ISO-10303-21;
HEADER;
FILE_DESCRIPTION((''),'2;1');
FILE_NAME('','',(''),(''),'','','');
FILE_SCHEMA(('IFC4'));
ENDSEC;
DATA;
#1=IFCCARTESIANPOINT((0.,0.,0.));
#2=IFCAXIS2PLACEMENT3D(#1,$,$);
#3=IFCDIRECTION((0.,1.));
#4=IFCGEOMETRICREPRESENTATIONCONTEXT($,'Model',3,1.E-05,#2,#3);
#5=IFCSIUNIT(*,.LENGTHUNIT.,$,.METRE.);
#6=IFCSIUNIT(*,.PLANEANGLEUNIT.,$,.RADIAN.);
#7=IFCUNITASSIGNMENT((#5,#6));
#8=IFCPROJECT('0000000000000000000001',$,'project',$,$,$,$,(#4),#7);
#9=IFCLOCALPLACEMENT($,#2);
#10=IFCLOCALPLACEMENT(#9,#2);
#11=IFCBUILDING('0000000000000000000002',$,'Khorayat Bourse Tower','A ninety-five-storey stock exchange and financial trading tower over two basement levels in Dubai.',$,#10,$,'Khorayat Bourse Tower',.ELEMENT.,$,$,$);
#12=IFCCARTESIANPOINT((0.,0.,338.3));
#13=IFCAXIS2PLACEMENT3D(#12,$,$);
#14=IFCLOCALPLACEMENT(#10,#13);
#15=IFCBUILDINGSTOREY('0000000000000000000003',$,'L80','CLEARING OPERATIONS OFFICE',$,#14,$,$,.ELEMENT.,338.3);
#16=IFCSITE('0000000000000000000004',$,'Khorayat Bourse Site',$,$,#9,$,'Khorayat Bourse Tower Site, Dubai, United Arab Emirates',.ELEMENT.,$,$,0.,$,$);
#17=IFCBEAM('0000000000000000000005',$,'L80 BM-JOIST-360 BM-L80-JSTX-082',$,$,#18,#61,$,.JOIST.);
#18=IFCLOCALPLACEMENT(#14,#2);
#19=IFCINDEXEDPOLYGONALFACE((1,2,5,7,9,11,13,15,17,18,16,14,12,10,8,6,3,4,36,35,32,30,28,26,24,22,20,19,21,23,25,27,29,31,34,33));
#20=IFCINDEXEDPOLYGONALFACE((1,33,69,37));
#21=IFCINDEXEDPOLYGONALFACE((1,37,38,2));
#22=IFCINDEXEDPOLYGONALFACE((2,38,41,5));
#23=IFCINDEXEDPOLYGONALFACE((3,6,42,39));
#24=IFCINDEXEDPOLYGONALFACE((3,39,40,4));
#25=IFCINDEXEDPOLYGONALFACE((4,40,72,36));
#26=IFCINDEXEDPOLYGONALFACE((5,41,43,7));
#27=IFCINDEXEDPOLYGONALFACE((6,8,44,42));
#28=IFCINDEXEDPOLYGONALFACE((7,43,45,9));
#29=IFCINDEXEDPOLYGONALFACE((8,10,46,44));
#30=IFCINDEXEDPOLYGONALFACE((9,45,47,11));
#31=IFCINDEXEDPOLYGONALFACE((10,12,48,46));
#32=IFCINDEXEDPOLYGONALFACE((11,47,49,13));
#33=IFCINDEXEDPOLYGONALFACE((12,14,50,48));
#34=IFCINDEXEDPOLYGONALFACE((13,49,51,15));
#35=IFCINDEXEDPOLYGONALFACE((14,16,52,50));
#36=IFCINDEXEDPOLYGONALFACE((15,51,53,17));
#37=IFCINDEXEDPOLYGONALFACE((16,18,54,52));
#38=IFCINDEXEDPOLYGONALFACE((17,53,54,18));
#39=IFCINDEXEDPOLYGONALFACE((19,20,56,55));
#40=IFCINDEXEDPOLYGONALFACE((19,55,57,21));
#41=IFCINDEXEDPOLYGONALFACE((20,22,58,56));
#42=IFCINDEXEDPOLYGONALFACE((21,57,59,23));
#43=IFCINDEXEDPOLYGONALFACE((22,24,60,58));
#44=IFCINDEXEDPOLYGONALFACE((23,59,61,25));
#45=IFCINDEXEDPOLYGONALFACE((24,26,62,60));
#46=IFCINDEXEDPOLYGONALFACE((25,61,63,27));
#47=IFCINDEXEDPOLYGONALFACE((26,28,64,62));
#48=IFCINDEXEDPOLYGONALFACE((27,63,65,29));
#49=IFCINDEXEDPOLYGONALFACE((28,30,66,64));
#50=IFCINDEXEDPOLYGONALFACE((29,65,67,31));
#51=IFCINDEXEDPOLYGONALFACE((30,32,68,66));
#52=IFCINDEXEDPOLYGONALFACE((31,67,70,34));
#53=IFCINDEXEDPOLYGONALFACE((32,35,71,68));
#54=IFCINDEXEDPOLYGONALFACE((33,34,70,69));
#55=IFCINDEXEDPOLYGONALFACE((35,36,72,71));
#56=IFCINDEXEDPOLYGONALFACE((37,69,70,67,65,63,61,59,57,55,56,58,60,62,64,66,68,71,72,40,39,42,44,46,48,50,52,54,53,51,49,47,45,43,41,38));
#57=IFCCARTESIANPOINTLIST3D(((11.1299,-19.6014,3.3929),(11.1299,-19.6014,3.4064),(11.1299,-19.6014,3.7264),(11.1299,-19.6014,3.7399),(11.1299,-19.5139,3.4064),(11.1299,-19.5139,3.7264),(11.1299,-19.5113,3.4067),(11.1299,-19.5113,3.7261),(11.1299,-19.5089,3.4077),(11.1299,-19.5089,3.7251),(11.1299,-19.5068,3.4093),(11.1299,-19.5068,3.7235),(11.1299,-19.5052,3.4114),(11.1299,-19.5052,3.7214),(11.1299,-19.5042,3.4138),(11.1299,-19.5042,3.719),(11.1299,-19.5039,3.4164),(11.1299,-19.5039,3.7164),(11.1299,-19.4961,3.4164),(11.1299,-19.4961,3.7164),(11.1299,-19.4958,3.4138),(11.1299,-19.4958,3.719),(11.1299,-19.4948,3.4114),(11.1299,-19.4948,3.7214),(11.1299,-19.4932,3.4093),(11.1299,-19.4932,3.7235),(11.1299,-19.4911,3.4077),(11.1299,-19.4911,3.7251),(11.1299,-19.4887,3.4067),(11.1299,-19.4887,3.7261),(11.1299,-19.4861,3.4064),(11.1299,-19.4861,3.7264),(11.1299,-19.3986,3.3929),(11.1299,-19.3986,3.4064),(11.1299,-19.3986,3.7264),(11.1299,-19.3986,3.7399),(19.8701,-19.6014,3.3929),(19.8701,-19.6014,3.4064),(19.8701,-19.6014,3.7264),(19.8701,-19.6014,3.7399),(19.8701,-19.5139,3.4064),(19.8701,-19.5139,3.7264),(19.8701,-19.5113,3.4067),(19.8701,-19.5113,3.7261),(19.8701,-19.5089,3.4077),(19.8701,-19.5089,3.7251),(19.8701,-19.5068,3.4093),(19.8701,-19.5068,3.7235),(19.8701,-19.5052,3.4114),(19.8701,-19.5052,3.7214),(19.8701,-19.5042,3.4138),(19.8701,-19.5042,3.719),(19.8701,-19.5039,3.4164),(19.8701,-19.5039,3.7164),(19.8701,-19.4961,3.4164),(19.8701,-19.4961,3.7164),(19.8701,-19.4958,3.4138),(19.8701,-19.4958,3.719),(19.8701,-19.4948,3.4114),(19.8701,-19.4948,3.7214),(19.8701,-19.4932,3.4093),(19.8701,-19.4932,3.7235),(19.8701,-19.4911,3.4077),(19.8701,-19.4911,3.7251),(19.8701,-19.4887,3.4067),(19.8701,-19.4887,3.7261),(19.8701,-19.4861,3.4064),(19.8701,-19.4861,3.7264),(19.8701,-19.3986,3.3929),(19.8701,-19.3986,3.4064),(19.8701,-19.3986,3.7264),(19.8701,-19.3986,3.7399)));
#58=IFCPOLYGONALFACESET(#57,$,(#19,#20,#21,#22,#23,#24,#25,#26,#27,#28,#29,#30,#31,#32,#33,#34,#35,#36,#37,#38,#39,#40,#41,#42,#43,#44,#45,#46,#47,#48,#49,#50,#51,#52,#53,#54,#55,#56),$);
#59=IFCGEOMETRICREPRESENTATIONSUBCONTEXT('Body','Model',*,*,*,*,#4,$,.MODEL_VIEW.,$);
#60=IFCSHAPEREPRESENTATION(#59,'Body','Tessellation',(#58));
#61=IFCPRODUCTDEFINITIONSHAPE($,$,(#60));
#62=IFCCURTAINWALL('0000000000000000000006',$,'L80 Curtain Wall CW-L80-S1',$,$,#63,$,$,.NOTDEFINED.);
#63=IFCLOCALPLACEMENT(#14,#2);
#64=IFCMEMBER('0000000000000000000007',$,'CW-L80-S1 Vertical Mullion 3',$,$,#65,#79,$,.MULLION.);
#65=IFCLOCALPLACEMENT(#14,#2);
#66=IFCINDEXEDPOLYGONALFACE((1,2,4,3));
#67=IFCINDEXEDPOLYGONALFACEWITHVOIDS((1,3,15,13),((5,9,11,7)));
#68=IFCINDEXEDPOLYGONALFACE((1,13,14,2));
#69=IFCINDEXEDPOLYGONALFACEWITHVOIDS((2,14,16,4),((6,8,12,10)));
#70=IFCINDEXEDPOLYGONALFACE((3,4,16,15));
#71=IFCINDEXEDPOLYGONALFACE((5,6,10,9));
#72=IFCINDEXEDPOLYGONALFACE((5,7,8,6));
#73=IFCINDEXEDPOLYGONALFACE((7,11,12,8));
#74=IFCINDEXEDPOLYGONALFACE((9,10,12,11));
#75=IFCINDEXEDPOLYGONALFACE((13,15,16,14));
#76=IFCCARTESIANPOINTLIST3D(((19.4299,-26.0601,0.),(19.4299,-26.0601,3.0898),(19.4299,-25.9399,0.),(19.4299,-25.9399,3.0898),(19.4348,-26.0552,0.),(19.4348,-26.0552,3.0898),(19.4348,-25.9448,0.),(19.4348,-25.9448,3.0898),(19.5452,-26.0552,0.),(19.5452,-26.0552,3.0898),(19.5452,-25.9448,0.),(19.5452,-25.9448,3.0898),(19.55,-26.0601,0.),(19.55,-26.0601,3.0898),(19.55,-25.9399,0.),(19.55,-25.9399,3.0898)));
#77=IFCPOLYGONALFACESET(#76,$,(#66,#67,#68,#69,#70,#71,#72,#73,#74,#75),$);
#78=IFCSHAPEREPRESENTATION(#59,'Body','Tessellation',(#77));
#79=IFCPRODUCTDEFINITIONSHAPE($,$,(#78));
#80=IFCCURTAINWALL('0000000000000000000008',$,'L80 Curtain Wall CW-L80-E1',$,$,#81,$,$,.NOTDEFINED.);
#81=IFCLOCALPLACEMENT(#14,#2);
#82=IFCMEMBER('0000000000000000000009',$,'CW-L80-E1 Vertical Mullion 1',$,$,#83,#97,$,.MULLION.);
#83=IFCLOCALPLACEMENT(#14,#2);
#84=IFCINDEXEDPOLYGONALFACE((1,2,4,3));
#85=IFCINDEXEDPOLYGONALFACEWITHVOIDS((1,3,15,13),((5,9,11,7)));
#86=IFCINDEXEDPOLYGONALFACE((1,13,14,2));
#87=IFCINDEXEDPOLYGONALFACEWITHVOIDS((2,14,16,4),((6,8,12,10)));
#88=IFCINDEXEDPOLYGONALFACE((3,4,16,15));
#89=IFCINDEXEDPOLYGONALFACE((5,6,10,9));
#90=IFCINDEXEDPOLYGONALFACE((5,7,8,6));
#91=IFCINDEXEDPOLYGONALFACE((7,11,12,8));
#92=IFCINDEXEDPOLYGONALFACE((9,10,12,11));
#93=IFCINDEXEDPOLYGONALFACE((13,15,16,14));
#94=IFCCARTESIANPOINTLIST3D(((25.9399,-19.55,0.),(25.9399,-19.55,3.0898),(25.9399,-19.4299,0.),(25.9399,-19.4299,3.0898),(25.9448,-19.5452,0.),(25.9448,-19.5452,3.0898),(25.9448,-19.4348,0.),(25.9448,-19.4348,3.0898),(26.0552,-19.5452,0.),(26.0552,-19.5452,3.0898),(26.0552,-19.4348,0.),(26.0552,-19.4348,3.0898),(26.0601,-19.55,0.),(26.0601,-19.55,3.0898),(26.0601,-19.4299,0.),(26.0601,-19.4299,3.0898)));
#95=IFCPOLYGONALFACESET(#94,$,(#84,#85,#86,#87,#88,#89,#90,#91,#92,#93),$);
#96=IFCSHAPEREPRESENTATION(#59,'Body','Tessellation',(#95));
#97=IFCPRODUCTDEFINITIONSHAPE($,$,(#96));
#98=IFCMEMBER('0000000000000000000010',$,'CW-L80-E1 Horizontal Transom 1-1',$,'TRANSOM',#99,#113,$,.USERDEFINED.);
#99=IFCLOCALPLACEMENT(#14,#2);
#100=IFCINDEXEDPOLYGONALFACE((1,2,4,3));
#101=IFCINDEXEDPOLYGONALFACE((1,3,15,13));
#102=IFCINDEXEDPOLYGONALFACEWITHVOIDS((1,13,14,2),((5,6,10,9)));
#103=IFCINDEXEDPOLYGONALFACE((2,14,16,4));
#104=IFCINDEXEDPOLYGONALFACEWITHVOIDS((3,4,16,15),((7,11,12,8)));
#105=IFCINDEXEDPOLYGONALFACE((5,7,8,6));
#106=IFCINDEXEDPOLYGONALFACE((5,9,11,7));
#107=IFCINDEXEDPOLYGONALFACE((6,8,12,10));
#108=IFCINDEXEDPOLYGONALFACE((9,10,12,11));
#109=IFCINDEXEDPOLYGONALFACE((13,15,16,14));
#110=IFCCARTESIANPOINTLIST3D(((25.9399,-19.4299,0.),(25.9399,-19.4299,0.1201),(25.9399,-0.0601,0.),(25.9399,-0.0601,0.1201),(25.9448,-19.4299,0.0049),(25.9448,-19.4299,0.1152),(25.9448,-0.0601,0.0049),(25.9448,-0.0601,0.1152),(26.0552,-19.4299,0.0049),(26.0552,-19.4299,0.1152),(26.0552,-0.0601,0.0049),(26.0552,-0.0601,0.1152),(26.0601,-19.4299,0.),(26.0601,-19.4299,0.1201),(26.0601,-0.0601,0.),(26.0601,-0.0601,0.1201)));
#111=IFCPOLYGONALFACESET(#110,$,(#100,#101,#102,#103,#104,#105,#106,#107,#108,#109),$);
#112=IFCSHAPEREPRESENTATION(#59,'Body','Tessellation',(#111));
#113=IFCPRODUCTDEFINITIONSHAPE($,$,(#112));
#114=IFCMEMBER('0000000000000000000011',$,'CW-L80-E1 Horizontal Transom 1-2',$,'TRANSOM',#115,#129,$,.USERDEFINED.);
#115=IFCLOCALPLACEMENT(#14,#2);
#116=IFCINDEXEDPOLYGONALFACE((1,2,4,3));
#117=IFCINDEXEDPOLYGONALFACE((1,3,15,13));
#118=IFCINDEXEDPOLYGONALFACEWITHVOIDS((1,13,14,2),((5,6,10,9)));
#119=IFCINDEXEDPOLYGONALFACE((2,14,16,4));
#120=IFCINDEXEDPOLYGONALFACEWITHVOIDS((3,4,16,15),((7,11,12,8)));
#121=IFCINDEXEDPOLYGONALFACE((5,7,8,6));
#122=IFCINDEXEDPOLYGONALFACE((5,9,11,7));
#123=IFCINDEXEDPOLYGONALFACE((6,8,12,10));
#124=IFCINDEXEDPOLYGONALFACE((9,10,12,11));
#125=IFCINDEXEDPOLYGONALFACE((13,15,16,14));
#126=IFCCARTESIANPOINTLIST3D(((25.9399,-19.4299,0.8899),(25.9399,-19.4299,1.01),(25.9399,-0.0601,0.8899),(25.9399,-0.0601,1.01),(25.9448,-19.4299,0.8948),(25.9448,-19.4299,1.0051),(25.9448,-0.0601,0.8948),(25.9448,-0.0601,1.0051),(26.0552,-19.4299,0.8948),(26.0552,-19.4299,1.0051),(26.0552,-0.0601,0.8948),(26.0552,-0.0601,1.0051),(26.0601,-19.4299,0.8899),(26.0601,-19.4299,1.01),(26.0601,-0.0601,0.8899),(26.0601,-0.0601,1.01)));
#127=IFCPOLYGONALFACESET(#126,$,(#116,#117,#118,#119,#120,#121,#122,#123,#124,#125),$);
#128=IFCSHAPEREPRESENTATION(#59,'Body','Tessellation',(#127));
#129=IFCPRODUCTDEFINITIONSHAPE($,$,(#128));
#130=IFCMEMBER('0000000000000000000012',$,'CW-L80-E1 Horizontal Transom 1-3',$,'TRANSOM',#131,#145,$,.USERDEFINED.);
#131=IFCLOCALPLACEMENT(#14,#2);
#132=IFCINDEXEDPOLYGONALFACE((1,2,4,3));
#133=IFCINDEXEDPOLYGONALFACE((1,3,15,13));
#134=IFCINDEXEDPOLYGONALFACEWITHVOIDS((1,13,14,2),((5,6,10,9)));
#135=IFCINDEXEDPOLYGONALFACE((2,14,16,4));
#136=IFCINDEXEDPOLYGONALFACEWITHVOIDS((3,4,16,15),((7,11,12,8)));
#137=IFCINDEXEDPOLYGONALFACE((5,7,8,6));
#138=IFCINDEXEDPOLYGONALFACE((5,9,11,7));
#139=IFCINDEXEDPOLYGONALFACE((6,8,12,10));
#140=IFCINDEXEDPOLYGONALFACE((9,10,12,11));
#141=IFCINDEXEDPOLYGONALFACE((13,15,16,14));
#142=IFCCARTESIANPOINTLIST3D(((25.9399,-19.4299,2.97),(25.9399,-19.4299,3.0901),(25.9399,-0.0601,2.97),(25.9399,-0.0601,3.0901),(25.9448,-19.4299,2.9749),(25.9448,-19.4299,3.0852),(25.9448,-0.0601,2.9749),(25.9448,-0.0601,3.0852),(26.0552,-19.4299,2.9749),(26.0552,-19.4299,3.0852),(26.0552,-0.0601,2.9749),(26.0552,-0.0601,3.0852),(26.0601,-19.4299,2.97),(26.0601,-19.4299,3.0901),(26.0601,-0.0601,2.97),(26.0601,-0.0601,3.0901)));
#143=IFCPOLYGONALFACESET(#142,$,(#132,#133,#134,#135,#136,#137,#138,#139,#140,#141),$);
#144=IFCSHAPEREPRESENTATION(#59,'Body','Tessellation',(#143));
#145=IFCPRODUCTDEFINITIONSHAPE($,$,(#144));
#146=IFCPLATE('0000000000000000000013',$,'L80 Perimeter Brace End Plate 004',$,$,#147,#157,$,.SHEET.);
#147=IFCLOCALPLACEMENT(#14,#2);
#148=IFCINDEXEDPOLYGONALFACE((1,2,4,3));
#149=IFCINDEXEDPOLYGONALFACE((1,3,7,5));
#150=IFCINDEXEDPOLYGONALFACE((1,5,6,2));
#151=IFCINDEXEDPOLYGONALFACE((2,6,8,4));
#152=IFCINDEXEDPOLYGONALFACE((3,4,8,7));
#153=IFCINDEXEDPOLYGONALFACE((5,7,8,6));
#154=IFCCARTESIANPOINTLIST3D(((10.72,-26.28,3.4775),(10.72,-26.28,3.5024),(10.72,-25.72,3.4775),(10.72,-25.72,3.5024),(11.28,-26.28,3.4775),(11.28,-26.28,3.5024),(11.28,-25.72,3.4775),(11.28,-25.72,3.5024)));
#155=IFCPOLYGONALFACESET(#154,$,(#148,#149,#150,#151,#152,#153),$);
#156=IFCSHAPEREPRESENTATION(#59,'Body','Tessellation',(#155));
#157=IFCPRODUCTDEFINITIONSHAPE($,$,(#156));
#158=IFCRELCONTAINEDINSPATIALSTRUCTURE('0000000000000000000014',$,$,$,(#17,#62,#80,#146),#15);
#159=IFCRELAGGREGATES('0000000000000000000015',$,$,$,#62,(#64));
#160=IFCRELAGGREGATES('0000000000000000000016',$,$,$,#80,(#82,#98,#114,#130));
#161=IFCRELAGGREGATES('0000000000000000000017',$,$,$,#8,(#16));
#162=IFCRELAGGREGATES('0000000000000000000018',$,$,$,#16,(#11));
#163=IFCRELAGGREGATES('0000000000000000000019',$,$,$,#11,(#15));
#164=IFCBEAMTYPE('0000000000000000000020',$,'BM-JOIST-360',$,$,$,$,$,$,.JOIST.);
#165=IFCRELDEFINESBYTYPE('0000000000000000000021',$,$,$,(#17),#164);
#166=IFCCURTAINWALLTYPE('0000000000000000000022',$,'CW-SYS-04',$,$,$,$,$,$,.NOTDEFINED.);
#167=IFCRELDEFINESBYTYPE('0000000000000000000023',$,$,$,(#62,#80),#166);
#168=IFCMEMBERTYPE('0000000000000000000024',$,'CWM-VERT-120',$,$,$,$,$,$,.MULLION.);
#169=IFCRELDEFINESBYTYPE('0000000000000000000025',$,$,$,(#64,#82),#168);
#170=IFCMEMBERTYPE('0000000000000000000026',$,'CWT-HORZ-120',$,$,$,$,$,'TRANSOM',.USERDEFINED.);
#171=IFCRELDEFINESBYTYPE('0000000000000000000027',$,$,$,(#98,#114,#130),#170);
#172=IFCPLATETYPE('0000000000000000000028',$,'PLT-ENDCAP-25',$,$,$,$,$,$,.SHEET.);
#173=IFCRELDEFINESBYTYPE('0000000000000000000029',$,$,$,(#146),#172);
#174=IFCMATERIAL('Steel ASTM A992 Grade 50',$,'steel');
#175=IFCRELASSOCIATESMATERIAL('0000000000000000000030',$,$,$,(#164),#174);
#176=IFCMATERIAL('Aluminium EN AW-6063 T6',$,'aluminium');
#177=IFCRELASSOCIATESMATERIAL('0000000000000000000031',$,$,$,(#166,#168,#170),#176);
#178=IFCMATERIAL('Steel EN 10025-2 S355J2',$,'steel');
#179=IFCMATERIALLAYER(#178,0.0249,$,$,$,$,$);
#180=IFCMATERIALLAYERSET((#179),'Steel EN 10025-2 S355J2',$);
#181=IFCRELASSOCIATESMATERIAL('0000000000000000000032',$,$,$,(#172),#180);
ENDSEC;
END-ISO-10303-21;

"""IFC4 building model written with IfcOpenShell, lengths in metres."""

from ifc_helpers import new_model, si_unit, direction, frame, origin, origin_2d, place, context, subcontext, project, spatial, rectangle, hollow_rectangle, i_section, extrude, source, transform, mapped, material, layer, layer_set, material_profile, profile_set, type_object, element, aggregate, save


model = new_model("IFC4")

# Units and contexts
model_context = context("Model", 3, precision=1e-05, world=origin(), true_north=direction((0.0, 1.0)))
body_context = subcontext(model_context, "Body", "Model", "MODEL_VIEW")
ifc_project = project(units=[si_unit("LENGTHUNIT", "METRE"), si_unit("PLANEANGLEUNIT", "RADIAN")], contexts=[model_context])

# Site, building, storey
site_placement = place(None, origin())
site = spatial("IfcSite", under=ifc_project, at=site_placement, Name="Khorayat Bourse Site", LongName="Khorayat Bourse Tower Site, Dubai, United Arab Emirates", CompositionType="ELEMENT", RefElevation=0.0)
building_placement = place(site_placement, origin())
building = spatial("IfcBuilding", under=site, at=building_placement, Name="Khorayat Bourse Tower", Description="A ninety-five-storey stock exchange and financial trading tower over two basement levels in Dubai.", LongName="Khorayat Bourse Tower", CompositionType="ELEMENT")
storey_placement = place(building_placement, frame((0.0, 0.0, 338.3)))
storey = spatial("IfcBuildingStorey", under=building, at=storey_placement, Name="L80", Description="CLEARING OPERATIONS OFFICE", CompositionType="ELEMENT", Elevation=338.3)

# Shared definitions
ifc_material_1 = material(Name="Steel EN 10025-2 S355J2", Category="steel")

# Beam
ifc_material_2 = material(Name="Steel ASTM A992 Grade 50", Category="steel")
ifc_material_profile_1 = material_profile(ifc_material_2, i_section(OverallWidth=0.2029, OverallDepth=0.3469, WebThickness=0.0078, FlangeThickness=0.0134, FilletRadius=0.01, at=origin_2d()), Name="W360X64")
ifc_profile_set_1 = profile_set([ifc_material_profile_1], Name="Steel ASTM A992 Grade 50")
beam_type_1 = type_object("IfcBeamType", Name="BM-JOIST-360", PredefinedType="JOIST", material=ifc_profile_set_1)
shared_shape_1 = source(origin(), body_context, "Body", "SweptSolid", [
    extrude(i_section(OverallWidth=0.2029, OverallDepth=0.3469, WebThickness=0.0078, FlangeThickness=0.0134, FilletRadius=0.01, at=origin_2d()), origin(), (0.0, 0.0, 1.0), 8.7402),
])
beam_1_placement = place(storey_placement, frame((11.1299, -19.5, 3.5664), z_axis=(1.0, 0.0, 0.0), x_axis=(0.0, 1.0, 0.0)))
element("IfcBeam", 1, at=beam_1_placement, inside=storey, type_object=beam_type_1, Name="L80 BM-JOIST-360 BM-L80-JSTX-082", PredefinedType="JOIST", context=body_context, shape_type="MappedRepresentation", body=[
    mapped(shared_shape_1, transform((0.0, 0.0, 0.0), scale=1.0)),
])

# Curtain wall, member
ifc_material_3 = material(Name="Aluminium EN AW-6063 T6", Category="aluminium")
curtain_wall_type = type_object("IfcCurtainWallType", Name="CW-SYS-04", PredefinedType="NOTDEFINED", material=ifc_material_3)
curtain_wall_1_placement = place(storey_placement, origin())
curtain_wall_1 = element("IfcCurtainWall", 2, at=curtain_wall_1_placement, inside=storey, type_object=curtain_wall_type, Name="L80 Curtain Wall CW-L80-S1", PredefinedType="NOTDEFINED")
ifc_material_profile_2 = material_profile(ifc_material_3, hollow_rectangle(XDim=0.1201, YDim=0.1201, WallThickness=0.0049, at=origin_2d()), Name="ALU 120x120x5")
ifc_profile_set_2 = profile_set([ifc_material_profile_2], Name="Aluminium EN AW-6063 T6")
member_type_1 = type_object("IfcMemberType", Name="CWM-VERT-120", PredefinedType="MULLION", material=ifc_profile_set_2)
shared_shape_2 = source(origin(), body_context, "Body", "SweptSolid", [
    extrude(hollow_rectangle(XDim=0.1201, YDim=0.1201, WallThickness=0.0049, at=origin_2d()), origin(), (0.0, 0.0, 1.0), 3.0898),
])
member_1_placement = place(storey_placement, frame((19.49, -26.0, 0.0), z_axis=(0.0, 0.0, 1.0), x_axis=(0.0, 1.0, 0.0)))
member_1 = element("IfcMember", 3, at=member_1_placement, type_object=member_type_1, Name="CW-L80-S1 Vertical Mullion 3", PredefinedType="MULLION", context=body_context, shape_type="MappedRepresentation", body=[
    mapped(shared_shape_2, transform((0.0, 0.0, 0.0), scale=1.0)),
])
aggregate(curtain_wall_1, [member_1])

# Curtain wall, members
curtain_wall_2_placement = place(storey_placement, origin())
curtain_wall_2 = element("IfcCurtainWall", 4, at=curtain_wall_2_placement, inside=storey, type_object=curtain_wall_type, Name="L80 Curtain Wall CW-L80-E1", PredefinedType="NOTDEFINED")
member_2_placement = place(storey_placement, frame((26.0, -19.49, 0.0), z_axis=(0.0, 0.0, 1.0), x_axis=(-1.0, 0.0, 0.0)))
member_2 = element("IfcMember", 5, at=member_2_placement, type_object=member_type_1, Name="CW-L80-E1 Vertical Mullion 1", PredefinedType="MULLION", context=body_context, shape_type="MappedRepresentation", body=[
    mapped(shared_shape_2, transform((0.0, 0.0, 0.0), scale=1.0)),
])
ifc_material_profile_3 = material_profile(ifc_material_3, hollow_rectangle(XDim=0.1201, YDim=0.1201, WallThickness=0.0049, at=origin_2d()), Name="ALU 120x120x5")
ifc_profile_set_3 = profile_set([ifc_material_profile_3], Name="Aluminium EN AW-6063 T6")
member_type_2 = type_object("IfcMemberType", Name="CWT-HORZ-120", ElementType="TRANSOM", PredefinedType="USERDEFINED", material=ifc_profile_set_3)
shared_shape_3 = source(origin(), body_context, "Body", "SweptSolid", [
    extrude(hollow_rectangle(XDim=0.1201, YDim=0.1201, WallThickness=0.0049, at=origin_2d()), origin(), (0.0, 0.0, 1.0), 19.3699),
])
member_3_placement = place(storey_placement, frame((26.0, -19.4299, 0.0601), z_axis=(0.0, 1.0, 0.0), x_axis=(-1.0, 0.0, 0.0)))
member_3 = element("IfcMember", 6, at=member_3_placement, type_object=member_type_2, Name="CW-L80-E1 Horizontal Transom 1-1", ObjectType="TRANSOM", PredefinedType="USERDEFINED", context=body_context, shape_type="MappedRepresentation", body=[
    mapped(shared_shape_3, transform((0.0, 0.0, 0.0), scale=1.0)),
])
member_4_placement = place(storey_placement, frame((26.0, -19.4299, 0.95), z_axis=(0.0, 1.0, 0.0), x_axis=(-1.0, 0.0, 0.0)))
member_4 = element("IfcMember", 7, at=member_4_placement, type_object=member_type_2, Name="CW-L80-E1 Horizontal Transom 1-2", ObjectType="TRANSOM", PredefinedType="USERDEFINED", context=body_context, shape_type="MappedRepresentation", body=[
    mapped(shared_shape_3, transform((0.0, 0.0, 0.0), scale=1.0)),
])
member_5_placement = place(storey_placement, frame((26.0, -19.4299, 3.03), z_axis=(0.0, 1.0, 0.0), x_axis=(-1.0, 0.0, 0.0)))
member_5 = element("IfcMember", 8, at=member_5_placement, type_object=member_type_2, Name="CW-L80-E1 Horizontal Transom 1-3", ObjectType="TRANSOM", PredefinedType="USERDEFINED", context=body_context, shape_type="MappedRepresentation", body=[
    mapped(shared_shape_3, transform((0.0, 0.0, 0.0), scale=1.0)),
])
aggregate(curtain_wall_2, [member_2, member_3, member_4, member_5])

# Plate
ifc_layer_1 = layer(ifc_material_1, 0.0249)
ifc_layer_set_1 = layer_set([ifc_layer_1], Name="Steel EN 10025-2 S355J2")
plate_type = type_object("IfcPlateType", Name="PLT-ENDCAP-25", PredefinedType="SHEET", material=ifc_layer_set_1)
shared_shape_4 = source(origin(), body_context, "Body", "SweptSolid", [
    extrude(rectangle(XDim=0.5601, YDim=0.5601, at=origin_2d()), origin(), (0.0, 0.0, 1.0), 0.0249),
])
plate_placement = place(storey_placement, frame((11.0, -26.0, 3.4775), z_axis=(0.0, 0.0, 1.0), x_axis=(1.0, 0.0, 0.0)))
element("IfcPlate", 9, at=plate_placement, inside=storey, type_object=plate_type, Name="L80 Perimeter Brace End Plate 004", PredefinedType="SHEET", context=body_context, shape_type="MappedRepresentation", body=[
    mapped(shared_shape_4, transform((0.0, 0.0, 0.0), scale=1.0)),
])

save(model, "model.ifc")
